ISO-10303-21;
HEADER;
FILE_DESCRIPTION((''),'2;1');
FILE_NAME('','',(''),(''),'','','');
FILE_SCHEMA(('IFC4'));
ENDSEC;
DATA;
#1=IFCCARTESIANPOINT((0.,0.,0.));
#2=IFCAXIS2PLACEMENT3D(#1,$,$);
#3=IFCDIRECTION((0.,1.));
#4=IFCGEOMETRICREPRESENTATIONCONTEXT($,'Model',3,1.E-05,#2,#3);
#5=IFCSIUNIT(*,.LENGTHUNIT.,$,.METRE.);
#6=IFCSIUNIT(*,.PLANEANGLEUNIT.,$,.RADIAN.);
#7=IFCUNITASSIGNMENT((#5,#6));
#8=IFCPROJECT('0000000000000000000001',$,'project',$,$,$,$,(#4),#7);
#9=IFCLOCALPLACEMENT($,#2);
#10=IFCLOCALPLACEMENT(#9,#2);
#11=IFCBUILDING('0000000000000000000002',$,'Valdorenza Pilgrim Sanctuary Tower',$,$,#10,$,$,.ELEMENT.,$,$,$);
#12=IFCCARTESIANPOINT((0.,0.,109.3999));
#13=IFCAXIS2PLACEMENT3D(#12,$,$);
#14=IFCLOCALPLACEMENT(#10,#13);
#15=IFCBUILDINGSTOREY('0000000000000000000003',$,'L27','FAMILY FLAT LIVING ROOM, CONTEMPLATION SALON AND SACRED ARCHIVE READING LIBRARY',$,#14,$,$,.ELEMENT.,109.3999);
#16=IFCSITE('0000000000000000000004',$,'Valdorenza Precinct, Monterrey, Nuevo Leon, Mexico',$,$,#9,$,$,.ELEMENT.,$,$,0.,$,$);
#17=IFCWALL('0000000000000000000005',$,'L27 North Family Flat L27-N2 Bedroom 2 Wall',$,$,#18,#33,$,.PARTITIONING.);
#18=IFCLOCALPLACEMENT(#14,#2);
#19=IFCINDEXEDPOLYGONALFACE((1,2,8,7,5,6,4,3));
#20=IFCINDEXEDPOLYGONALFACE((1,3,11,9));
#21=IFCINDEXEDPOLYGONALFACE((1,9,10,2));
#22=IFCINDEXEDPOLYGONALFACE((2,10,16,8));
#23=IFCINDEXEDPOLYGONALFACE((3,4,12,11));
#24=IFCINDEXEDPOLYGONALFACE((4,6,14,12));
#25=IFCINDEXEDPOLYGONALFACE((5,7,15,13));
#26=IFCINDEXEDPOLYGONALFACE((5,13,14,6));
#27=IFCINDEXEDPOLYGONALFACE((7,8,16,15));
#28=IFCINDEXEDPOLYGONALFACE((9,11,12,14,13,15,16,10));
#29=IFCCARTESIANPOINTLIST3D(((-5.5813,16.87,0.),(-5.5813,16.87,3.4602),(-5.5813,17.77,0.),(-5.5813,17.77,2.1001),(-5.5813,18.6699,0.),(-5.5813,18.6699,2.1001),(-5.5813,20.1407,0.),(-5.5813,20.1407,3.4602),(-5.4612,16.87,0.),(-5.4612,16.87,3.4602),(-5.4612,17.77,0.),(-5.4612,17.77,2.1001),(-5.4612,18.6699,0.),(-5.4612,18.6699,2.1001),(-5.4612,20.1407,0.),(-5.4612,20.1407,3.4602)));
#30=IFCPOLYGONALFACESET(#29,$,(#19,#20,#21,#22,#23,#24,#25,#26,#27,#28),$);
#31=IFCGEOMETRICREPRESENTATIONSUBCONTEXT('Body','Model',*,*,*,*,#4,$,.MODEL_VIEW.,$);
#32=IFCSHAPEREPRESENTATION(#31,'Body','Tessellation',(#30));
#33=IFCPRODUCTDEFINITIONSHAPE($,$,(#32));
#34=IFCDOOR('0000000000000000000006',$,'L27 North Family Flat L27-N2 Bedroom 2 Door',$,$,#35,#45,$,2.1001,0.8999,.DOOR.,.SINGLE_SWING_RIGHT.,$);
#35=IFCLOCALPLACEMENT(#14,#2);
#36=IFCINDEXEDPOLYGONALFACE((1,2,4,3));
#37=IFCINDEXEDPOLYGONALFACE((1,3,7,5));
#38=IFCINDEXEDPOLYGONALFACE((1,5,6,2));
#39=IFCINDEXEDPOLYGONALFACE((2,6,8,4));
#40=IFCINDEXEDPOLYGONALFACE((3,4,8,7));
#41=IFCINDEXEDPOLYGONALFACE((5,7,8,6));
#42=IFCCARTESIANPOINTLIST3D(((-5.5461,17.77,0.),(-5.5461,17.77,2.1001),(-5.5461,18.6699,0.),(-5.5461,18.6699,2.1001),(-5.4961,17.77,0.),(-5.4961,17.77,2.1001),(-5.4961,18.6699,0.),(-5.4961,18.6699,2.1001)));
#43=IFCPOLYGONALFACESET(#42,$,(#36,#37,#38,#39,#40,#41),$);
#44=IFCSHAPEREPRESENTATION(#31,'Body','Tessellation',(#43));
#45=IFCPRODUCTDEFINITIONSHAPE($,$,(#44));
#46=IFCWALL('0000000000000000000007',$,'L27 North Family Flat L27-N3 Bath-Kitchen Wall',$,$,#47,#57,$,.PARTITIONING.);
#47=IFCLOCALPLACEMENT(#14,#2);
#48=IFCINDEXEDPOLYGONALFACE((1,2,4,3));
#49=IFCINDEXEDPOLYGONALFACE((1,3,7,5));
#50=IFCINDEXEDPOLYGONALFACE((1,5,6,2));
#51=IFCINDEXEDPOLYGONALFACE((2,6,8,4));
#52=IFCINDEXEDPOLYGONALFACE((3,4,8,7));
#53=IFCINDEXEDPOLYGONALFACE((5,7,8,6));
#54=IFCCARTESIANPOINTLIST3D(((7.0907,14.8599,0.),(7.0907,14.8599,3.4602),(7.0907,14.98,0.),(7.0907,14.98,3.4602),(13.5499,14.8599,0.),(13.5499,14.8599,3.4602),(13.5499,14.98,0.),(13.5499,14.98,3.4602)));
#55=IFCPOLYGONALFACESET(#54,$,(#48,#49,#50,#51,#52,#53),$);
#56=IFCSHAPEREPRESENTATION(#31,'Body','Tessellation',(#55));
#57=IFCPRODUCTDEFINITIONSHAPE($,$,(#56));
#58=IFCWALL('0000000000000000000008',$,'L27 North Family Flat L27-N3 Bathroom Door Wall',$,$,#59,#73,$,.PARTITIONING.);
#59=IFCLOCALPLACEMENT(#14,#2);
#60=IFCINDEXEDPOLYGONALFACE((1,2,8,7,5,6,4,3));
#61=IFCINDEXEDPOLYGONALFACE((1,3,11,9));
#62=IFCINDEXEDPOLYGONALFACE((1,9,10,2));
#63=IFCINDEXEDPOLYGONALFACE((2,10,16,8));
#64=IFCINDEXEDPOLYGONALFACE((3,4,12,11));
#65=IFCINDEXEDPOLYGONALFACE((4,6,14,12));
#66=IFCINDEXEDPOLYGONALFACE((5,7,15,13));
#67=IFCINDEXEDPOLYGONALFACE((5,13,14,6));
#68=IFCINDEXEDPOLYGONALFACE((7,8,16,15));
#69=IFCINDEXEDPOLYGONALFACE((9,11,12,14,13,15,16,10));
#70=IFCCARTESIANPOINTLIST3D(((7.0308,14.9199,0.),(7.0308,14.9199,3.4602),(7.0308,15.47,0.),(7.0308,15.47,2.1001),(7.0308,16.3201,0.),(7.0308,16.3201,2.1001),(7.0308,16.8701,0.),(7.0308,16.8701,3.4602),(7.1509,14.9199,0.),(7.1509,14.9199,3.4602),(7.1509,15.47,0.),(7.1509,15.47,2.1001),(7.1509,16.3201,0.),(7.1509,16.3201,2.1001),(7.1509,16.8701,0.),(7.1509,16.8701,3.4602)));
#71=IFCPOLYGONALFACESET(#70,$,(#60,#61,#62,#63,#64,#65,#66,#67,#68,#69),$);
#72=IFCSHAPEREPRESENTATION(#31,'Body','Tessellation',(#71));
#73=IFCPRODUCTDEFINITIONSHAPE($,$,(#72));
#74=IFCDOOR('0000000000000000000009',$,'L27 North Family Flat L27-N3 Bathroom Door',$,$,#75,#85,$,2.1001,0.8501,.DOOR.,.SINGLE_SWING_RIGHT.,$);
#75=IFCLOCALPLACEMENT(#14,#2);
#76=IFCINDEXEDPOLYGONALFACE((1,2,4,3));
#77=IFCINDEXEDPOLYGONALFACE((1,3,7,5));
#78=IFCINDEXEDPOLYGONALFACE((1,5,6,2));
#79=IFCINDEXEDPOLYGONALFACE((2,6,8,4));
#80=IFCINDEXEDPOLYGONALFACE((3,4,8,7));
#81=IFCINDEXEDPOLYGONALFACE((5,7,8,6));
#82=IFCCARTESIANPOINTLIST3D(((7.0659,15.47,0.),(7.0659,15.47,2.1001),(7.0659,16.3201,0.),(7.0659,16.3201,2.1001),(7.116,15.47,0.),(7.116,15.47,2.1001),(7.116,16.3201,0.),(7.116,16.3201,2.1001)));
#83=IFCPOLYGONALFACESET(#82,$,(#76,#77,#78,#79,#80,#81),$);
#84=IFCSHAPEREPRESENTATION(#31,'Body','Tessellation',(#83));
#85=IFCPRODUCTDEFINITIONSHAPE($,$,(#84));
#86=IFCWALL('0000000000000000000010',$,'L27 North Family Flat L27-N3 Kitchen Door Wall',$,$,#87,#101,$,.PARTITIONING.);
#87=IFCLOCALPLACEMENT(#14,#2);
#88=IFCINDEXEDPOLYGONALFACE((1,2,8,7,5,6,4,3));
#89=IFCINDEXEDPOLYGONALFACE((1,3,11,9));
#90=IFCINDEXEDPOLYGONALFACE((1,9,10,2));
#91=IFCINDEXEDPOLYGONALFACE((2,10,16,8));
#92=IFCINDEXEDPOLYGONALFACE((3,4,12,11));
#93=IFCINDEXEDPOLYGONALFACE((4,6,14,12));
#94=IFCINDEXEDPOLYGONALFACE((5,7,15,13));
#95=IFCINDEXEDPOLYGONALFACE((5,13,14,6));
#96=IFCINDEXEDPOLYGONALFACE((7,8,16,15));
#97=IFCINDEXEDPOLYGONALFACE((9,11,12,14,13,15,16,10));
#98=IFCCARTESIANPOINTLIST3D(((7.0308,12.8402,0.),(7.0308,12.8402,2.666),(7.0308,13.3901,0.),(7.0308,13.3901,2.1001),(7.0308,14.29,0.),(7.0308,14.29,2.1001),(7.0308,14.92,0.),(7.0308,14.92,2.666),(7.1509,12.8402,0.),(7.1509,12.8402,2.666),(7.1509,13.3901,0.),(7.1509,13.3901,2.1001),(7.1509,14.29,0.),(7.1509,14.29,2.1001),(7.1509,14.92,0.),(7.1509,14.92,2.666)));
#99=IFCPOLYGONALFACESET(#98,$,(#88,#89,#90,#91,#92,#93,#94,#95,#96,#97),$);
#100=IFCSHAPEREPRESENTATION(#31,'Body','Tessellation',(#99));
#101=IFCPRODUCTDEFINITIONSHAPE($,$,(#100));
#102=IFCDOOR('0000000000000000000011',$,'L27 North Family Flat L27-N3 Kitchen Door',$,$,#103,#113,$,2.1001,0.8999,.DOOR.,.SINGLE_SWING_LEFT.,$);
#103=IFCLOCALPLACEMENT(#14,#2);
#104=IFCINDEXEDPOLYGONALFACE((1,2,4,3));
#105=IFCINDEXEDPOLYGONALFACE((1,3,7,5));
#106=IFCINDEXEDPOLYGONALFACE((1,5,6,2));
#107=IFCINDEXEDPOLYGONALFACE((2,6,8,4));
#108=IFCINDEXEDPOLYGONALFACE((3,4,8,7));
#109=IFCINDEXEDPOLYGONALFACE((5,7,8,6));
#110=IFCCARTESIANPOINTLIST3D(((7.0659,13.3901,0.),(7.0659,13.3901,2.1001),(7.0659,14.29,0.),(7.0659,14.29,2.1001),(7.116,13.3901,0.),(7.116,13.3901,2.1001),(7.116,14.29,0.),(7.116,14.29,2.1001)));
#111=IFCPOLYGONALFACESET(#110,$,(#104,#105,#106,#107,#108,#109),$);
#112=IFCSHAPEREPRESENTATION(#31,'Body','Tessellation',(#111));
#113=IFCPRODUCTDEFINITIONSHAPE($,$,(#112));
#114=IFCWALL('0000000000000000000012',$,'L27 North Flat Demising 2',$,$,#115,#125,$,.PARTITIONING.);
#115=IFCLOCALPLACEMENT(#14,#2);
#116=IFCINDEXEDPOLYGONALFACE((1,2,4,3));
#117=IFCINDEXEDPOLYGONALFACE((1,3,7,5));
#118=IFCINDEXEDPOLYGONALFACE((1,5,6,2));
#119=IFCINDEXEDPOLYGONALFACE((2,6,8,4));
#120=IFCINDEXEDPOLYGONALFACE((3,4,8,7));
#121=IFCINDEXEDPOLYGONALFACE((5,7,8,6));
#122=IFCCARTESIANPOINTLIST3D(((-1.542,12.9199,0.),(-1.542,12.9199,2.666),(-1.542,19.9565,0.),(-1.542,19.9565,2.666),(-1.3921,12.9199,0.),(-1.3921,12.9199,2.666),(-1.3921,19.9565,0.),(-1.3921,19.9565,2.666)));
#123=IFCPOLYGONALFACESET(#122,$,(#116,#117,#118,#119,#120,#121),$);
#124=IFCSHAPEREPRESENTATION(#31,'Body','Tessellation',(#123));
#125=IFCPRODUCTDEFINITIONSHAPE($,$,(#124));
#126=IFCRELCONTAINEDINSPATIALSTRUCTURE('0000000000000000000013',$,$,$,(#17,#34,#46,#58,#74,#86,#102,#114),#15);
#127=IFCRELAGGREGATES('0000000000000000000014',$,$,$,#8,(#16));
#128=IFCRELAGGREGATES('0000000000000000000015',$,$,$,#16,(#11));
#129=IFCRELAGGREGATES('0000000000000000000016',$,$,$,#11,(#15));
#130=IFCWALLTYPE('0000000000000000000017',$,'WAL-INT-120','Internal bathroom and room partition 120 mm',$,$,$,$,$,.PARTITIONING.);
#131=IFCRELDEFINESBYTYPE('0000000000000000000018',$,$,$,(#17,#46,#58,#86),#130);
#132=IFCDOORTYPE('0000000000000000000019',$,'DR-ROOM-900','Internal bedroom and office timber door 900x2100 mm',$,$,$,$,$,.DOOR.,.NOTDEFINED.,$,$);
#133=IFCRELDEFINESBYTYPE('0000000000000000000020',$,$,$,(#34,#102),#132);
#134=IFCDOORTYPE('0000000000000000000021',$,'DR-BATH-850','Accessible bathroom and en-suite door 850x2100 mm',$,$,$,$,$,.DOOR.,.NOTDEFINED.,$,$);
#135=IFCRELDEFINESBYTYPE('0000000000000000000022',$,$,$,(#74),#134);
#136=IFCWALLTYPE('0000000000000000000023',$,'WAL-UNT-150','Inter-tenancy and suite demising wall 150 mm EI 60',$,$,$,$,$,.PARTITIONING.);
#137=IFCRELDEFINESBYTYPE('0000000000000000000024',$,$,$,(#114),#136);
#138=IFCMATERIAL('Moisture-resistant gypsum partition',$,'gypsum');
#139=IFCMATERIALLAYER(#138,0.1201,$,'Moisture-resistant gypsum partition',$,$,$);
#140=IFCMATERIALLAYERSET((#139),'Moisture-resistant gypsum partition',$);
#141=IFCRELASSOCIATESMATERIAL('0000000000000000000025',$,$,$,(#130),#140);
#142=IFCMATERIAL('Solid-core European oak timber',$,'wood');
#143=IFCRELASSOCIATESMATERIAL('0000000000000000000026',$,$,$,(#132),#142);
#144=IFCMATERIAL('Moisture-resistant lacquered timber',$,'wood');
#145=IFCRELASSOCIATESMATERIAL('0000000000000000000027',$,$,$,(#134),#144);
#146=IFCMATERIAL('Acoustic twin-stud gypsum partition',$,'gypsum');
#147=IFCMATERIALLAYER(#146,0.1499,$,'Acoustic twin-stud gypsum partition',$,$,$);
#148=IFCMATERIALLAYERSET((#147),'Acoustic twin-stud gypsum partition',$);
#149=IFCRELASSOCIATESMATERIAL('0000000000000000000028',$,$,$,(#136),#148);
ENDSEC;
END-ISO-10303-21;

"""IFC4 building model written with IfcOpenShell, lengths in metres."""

from ifc_helpers import new_model, si_unit, direction, frame, frame_2d, origin, place, context, subcontext, project, spatial, rectangle, extrude, material, layer, layer_set, type_object, element, fill, save


model = new_model("IFC4")

# Units and contexts
model_context = context("Model", 3, precision=1e-05, world=origin(), true_north=direction((0.0, 1.0)))
body_context = subcontext(model_context, "Body", "Model", "MODEL_VIEW")
ifc_project = project(units=[si_unit("LENGTHUNIT", "METRE"), si_unit("PLANEANGLEUNIT", "RADIAN")], contexts=[model_context])

# Site, building, storey
site_placement = place(None, origin())
site = spatial("IfcSite", under=ifc_project, at=site_placement, Name="Valdorenza Precinct, Monterrey, Nuevo Leon, Mexico", CompositionType="ELEMENT", RefElevation=0.0)
building_placement = place(site_placement, origin())
building = spatial("IfcBuilding", under=site, at=building_placement, Name="Valdorenza Pilgrim Sanctuary Tower", CompositionType="ELEMENT")
storey_placement = place(building_placement, frame((0.0, 0.0, 109.3999)))
storey = spatial("IfcBuildingStorey", under=building, at=storey_placement, Name="L27", Description="FAMILY FLAT LIVING ROOM, CONTEMPLATION SALON AND SACRED ARCHIVE READING LIBRARY", CompositionType="ELEMENT", Elevation=109.3999)

# Wall, opening, door
ifc_material_1 = material(Name="Moisture-resistant gypsum partition", Category="gypsum")
ifc_layer_1 = layer(ifc_material_1, 0.1201, Name="Moisture-resistant gypsum partition")
ifc_layer_set_1 = layer_set([ifc_layer_1], Name="Moisture-resistant gypsum partition")
wall_type_1 = type_object("IfcWallType", Name="WAL-INT-120", Description="Internal bathroom and room partition 120 mm", PredefinedType="PARTITIONING", material=ifc_layer_set_1)
wall_1_placement = place(storey_placement, frame((-5.5212, 16.8701, 0.0), z_axis=(0.0, 0.0, 1.0), x_axis=(0.0, 1.0, 0.0)))
wall_1 = element("IfcWall", 1, at=wall_1_placement, inside=storey, type_object=wall_type_1, Name="L27 North Family Flat L27-N2 Bedroom 2 Wall", PredefinedType="PARTITIONING", context=body_context, shape_type="SweptSolid", body=[
    extrude(rectangle(XDim=3.2708, YDim=0.1201, at=frame_2d((1.6353, 0.0))), origin(), (0.0, 0.0, 1.0), 3.4602),
])
opening_1_placement = place(wall_1_placement, frame((0.8999, 0.0, 0.0)))
opening_1 = element("IfcOpeningElement", 2, at=opening_1_placement, cuts=wall_1, PredefinedType="OPENING", context=body_context, shape_type="SweptSolid", body=[
    extrude(rectangle(XDim=0.8999, YDim=2.1001, at=frame_2d((0.45, 1.05))), frame((0.0, 0.075, 0.0), z_axis=(0.0, -1.0, 0.0), x_axis=(1.0, 0.0, 0.0)), (0.0, 0.0, 1.0), 0.1499),
])
ifc_material_2 = material(Name="Solid-core European oak timber", Category="wood")
door_type_1 = type_object("IfcDoorType", Name="DR-ROOM-900", Description="Internal bedroom and office timber door 900x2100 mm", OperationType="NOTDEFINED", PredefinedType="DOOR", material=ifc_material_2)
door_1_placement = place(opening_1_placement, origin())
door_1 = element("IfcDoor", 3, at=door_1_placement, inside=storey, type_object=door_type_1, Name="L27 North Family Flat L27-N2 Bedroom 2 Door", OperationType="SINGLE_SWING_RIGHT", OverallHeight=2.1001, OverallWidth=0.8999, PredefinedType="DOOR", context=body_context, shape_type="SweptSolid", body=[
    extrude(rectangle(XDim=0.8999, YDim=2.1001, at=frame_2d((0.45, 1.05))), frame((0.0, 0.0249, 0.0), z_axis=(0.0, -1.0, 0.0), x_axis=(1.0, 0.0, 0.0)), (0.0, 0.0, 1.0), 0.05),
])
fill(opening_1, door_1)

# Wall
wall_2_placement = place(storey_placement, frame((7.0908, 14.9199, 0.0), z_axis=(0.0, 0.0, 1.0), x_axis=(1.0, 0.0, 0.0)))
element("IfcWall", 4, at=wall_2_placement, inside=storey, type_object=wall_type_1, Name="L27 North Family Flat L27-N3 Bath-Kitchen Wall", PredefinedType="PARTITIONING", context=body_context, shape_type="SweptSolid", body=[
    extrude(rectangle(XDim=6.4592, YDim=0.1201, at=frame_2d((3.2295, 0.0))), origin(), (0.0, 0.0, 1.0), 3.4602),
])

# Walls, openings, doors
wall_3_placement = place(storey_placement, frame((7.0908, 14.9199, 0.0), z_axis=(0.0, 0.0, 1.0), x_axis=(0.0, 1.0, 0.0)))
wall_3 = element("IfcWall", 5, at=wall_3_placement, inside=storey, type_object=wall_type_1, Name="L27 North Family Flat L27-N3 Bathroom Door Wall", PredefinedType="PARTITIONING", context=body_context, shape_type="SweptSolid", body=[
    extrude(rectangle(XDim=1.9502, YDim=0.1201, at=frame_2d((0.9751, 0.0))), origin(), (0.0, 0.0, 1.0), 3.4602),
])
opening_2_placement = place(wall_3_placement, frame((0.55, 0.0, 0.0)))
opening_2 = element("IfcOpeningElement", 6, at=opening_2_placement, cuts=wall_3, PredefinedType="OPENING", context=body_context, shape_type="SweptSolid", body=[
    extrude(rectangle(XDim=0.8501, YDim=2.1001, at=frame_2d((0.425, 1.05))), frame((0.0, 0.075, 0.0), z_axis=(0.0, -1.0, 0.0), x_axis=(1.0, 0.0, 0.0)), (0.0, 0.0, 1.0), 0.1499),
])
ifc_material_3 = material(Name="Moisture-resistant lacquered timber", Category="wood")
door_type_2 = type_object("IfcDoorType", Name="DR-BATH-850", Description="Accessible bathroom and en-suite door 850x2100 mm", OperationType="NOTDEFINED", PredefinedType="DOOR", material=ifc_material_3)
door_2_placement = place(opening_2_placement, origin())
door_2 = element("IfcDoor", 7, at=door_2_placement, inside=storey, type_object=door_type_2, Name="L27 North Family Flat L27-N3 Bathroom Door", OperationType="SINGLE_SWING_RIGHT", OverallHeight=2.1001, OverallWidth=0.8501, PredefinedType="DOOR", context=body_context, shape_type="SweptSolid", body=[
    extrude(rectangle(XDim=0.8501, YDim=2.1001, at=frame_2d((0.425, 1.05))), frame((0.0, 0.0249, 0.0), z_axis=(0.0, -1.0, 0.0), x_axis=(1.0, 0.0, 0.0)), (0.0, 0.0, 1.0), 0.05),
])
fill(opening_2, door_2)
wall_4_placement = place(storey_placement, frame((7.0908, 12.8401, 0.0), z_axis=(0.0, 0.0, 1.0), x_axis=(0.0, 1.0, 0.0)))
wall_4 = element("IfcWall", 8, at=wall_4_placement, inside=storey, type_object=wall_type_1, Name="L27 North Family Flat L27-N3 Kitchen Door Wall", PredefinedType="PARTITIONING", context=body_context, shape_type="SweptSolid", body=[
    extrude(rectangle(XDim=2.0798, YDim=0.1201, at=frame_2d((1.04, 0.0))), origin(), (0.0, 0.0, 1.0), 2.666),
])
opening_3_placement = place(wall_4_placement, frame((0.55, 0.0, 0.0)))
opening_3 = element("IfcOpeningElement", 9, at=opening_3_placement, cuts=wall_4, PredefinedType="OPENING", context=body_context, shape_type="SweptSolid", body=[
    extrude(rectangle(XDim=0.8999, YDim=2.1001, at=frame_2d((0.45, 1.05))), frame((0.0, 0.075, 0.0), z_axis=(0.0, -1.0, 0.0), x_axis=(1.0, 0.0, 0.0)), (0.0, 0.0, 1.0), 0.1499),
])
door_3_placement = place(opening_3_placement, origin())
door_3 = element("IfcDoor", 10, at=door_3_placement, inside=storey, type_object=door_type_1, Name="L27 North Family Flat L27-N3 Kitchen Door", OperationType="SINGLE_SWING_LEFT", OverallHeight=2.1001, OverallWidth=0.8999, PredefinedType="DOOR", context=body_context, shape_type="SweptSolid", body=[
    extrude(rectangle(XDim=0.8999, YDim=2.1001, at=frame_2d((0.45, 1.05))), frame((0.0, 0.0249, 0.0), z_axis=(0.0, -1.0, 0.0), x_axis=(1.0, 0.0, 0.0)), (0.0, 0.0, 1.0), 0.05),
])
fill(opening_3, door_3)

# Wall
ifc_material_4 = material(Name="Acoustic twin-stud gypsum partition", Category="gypsum")
ifc_layer_2 = layer(ifc_material_4, 0.1499, Name="Acoustic twin-stud gypsum partition")
ifc_layer_set_2 = layer_set([ifc_layer_2], Name="Acoustic twin-stud gypsum partition")
wall_type_2 = type_object("IfcWallType", Name="WAL-UNT-150", Description="Inter-tenancy and suite demising wall 150 mm EI 60", PredefinedType="PARTITIONING", material=ifc_layer_set_2)
wall_5_placement = place(storey_placement, frame((-1.467, 12.9199, 0.0), z_axis=(0.0, 0.0, 1.0), x_axis=(0.0, 1.0, 0.0)))
element("IfcWall", 11, at=wall_5_placement, inside=storey, type_object=wall_type_2, Name="L27 North Flat Demising 2", PredefinedType="PARTITIONING", context=body_context, shape_type="SweptSolid", body=[
    extrude(rectangle(XDim=7.0366, YDim=0.1499, at=frame_2d((3.5183, 0.0))), origin(), (0.0, 0.0, 1.0), 2.666),
])

save(model, "model.ifc")
